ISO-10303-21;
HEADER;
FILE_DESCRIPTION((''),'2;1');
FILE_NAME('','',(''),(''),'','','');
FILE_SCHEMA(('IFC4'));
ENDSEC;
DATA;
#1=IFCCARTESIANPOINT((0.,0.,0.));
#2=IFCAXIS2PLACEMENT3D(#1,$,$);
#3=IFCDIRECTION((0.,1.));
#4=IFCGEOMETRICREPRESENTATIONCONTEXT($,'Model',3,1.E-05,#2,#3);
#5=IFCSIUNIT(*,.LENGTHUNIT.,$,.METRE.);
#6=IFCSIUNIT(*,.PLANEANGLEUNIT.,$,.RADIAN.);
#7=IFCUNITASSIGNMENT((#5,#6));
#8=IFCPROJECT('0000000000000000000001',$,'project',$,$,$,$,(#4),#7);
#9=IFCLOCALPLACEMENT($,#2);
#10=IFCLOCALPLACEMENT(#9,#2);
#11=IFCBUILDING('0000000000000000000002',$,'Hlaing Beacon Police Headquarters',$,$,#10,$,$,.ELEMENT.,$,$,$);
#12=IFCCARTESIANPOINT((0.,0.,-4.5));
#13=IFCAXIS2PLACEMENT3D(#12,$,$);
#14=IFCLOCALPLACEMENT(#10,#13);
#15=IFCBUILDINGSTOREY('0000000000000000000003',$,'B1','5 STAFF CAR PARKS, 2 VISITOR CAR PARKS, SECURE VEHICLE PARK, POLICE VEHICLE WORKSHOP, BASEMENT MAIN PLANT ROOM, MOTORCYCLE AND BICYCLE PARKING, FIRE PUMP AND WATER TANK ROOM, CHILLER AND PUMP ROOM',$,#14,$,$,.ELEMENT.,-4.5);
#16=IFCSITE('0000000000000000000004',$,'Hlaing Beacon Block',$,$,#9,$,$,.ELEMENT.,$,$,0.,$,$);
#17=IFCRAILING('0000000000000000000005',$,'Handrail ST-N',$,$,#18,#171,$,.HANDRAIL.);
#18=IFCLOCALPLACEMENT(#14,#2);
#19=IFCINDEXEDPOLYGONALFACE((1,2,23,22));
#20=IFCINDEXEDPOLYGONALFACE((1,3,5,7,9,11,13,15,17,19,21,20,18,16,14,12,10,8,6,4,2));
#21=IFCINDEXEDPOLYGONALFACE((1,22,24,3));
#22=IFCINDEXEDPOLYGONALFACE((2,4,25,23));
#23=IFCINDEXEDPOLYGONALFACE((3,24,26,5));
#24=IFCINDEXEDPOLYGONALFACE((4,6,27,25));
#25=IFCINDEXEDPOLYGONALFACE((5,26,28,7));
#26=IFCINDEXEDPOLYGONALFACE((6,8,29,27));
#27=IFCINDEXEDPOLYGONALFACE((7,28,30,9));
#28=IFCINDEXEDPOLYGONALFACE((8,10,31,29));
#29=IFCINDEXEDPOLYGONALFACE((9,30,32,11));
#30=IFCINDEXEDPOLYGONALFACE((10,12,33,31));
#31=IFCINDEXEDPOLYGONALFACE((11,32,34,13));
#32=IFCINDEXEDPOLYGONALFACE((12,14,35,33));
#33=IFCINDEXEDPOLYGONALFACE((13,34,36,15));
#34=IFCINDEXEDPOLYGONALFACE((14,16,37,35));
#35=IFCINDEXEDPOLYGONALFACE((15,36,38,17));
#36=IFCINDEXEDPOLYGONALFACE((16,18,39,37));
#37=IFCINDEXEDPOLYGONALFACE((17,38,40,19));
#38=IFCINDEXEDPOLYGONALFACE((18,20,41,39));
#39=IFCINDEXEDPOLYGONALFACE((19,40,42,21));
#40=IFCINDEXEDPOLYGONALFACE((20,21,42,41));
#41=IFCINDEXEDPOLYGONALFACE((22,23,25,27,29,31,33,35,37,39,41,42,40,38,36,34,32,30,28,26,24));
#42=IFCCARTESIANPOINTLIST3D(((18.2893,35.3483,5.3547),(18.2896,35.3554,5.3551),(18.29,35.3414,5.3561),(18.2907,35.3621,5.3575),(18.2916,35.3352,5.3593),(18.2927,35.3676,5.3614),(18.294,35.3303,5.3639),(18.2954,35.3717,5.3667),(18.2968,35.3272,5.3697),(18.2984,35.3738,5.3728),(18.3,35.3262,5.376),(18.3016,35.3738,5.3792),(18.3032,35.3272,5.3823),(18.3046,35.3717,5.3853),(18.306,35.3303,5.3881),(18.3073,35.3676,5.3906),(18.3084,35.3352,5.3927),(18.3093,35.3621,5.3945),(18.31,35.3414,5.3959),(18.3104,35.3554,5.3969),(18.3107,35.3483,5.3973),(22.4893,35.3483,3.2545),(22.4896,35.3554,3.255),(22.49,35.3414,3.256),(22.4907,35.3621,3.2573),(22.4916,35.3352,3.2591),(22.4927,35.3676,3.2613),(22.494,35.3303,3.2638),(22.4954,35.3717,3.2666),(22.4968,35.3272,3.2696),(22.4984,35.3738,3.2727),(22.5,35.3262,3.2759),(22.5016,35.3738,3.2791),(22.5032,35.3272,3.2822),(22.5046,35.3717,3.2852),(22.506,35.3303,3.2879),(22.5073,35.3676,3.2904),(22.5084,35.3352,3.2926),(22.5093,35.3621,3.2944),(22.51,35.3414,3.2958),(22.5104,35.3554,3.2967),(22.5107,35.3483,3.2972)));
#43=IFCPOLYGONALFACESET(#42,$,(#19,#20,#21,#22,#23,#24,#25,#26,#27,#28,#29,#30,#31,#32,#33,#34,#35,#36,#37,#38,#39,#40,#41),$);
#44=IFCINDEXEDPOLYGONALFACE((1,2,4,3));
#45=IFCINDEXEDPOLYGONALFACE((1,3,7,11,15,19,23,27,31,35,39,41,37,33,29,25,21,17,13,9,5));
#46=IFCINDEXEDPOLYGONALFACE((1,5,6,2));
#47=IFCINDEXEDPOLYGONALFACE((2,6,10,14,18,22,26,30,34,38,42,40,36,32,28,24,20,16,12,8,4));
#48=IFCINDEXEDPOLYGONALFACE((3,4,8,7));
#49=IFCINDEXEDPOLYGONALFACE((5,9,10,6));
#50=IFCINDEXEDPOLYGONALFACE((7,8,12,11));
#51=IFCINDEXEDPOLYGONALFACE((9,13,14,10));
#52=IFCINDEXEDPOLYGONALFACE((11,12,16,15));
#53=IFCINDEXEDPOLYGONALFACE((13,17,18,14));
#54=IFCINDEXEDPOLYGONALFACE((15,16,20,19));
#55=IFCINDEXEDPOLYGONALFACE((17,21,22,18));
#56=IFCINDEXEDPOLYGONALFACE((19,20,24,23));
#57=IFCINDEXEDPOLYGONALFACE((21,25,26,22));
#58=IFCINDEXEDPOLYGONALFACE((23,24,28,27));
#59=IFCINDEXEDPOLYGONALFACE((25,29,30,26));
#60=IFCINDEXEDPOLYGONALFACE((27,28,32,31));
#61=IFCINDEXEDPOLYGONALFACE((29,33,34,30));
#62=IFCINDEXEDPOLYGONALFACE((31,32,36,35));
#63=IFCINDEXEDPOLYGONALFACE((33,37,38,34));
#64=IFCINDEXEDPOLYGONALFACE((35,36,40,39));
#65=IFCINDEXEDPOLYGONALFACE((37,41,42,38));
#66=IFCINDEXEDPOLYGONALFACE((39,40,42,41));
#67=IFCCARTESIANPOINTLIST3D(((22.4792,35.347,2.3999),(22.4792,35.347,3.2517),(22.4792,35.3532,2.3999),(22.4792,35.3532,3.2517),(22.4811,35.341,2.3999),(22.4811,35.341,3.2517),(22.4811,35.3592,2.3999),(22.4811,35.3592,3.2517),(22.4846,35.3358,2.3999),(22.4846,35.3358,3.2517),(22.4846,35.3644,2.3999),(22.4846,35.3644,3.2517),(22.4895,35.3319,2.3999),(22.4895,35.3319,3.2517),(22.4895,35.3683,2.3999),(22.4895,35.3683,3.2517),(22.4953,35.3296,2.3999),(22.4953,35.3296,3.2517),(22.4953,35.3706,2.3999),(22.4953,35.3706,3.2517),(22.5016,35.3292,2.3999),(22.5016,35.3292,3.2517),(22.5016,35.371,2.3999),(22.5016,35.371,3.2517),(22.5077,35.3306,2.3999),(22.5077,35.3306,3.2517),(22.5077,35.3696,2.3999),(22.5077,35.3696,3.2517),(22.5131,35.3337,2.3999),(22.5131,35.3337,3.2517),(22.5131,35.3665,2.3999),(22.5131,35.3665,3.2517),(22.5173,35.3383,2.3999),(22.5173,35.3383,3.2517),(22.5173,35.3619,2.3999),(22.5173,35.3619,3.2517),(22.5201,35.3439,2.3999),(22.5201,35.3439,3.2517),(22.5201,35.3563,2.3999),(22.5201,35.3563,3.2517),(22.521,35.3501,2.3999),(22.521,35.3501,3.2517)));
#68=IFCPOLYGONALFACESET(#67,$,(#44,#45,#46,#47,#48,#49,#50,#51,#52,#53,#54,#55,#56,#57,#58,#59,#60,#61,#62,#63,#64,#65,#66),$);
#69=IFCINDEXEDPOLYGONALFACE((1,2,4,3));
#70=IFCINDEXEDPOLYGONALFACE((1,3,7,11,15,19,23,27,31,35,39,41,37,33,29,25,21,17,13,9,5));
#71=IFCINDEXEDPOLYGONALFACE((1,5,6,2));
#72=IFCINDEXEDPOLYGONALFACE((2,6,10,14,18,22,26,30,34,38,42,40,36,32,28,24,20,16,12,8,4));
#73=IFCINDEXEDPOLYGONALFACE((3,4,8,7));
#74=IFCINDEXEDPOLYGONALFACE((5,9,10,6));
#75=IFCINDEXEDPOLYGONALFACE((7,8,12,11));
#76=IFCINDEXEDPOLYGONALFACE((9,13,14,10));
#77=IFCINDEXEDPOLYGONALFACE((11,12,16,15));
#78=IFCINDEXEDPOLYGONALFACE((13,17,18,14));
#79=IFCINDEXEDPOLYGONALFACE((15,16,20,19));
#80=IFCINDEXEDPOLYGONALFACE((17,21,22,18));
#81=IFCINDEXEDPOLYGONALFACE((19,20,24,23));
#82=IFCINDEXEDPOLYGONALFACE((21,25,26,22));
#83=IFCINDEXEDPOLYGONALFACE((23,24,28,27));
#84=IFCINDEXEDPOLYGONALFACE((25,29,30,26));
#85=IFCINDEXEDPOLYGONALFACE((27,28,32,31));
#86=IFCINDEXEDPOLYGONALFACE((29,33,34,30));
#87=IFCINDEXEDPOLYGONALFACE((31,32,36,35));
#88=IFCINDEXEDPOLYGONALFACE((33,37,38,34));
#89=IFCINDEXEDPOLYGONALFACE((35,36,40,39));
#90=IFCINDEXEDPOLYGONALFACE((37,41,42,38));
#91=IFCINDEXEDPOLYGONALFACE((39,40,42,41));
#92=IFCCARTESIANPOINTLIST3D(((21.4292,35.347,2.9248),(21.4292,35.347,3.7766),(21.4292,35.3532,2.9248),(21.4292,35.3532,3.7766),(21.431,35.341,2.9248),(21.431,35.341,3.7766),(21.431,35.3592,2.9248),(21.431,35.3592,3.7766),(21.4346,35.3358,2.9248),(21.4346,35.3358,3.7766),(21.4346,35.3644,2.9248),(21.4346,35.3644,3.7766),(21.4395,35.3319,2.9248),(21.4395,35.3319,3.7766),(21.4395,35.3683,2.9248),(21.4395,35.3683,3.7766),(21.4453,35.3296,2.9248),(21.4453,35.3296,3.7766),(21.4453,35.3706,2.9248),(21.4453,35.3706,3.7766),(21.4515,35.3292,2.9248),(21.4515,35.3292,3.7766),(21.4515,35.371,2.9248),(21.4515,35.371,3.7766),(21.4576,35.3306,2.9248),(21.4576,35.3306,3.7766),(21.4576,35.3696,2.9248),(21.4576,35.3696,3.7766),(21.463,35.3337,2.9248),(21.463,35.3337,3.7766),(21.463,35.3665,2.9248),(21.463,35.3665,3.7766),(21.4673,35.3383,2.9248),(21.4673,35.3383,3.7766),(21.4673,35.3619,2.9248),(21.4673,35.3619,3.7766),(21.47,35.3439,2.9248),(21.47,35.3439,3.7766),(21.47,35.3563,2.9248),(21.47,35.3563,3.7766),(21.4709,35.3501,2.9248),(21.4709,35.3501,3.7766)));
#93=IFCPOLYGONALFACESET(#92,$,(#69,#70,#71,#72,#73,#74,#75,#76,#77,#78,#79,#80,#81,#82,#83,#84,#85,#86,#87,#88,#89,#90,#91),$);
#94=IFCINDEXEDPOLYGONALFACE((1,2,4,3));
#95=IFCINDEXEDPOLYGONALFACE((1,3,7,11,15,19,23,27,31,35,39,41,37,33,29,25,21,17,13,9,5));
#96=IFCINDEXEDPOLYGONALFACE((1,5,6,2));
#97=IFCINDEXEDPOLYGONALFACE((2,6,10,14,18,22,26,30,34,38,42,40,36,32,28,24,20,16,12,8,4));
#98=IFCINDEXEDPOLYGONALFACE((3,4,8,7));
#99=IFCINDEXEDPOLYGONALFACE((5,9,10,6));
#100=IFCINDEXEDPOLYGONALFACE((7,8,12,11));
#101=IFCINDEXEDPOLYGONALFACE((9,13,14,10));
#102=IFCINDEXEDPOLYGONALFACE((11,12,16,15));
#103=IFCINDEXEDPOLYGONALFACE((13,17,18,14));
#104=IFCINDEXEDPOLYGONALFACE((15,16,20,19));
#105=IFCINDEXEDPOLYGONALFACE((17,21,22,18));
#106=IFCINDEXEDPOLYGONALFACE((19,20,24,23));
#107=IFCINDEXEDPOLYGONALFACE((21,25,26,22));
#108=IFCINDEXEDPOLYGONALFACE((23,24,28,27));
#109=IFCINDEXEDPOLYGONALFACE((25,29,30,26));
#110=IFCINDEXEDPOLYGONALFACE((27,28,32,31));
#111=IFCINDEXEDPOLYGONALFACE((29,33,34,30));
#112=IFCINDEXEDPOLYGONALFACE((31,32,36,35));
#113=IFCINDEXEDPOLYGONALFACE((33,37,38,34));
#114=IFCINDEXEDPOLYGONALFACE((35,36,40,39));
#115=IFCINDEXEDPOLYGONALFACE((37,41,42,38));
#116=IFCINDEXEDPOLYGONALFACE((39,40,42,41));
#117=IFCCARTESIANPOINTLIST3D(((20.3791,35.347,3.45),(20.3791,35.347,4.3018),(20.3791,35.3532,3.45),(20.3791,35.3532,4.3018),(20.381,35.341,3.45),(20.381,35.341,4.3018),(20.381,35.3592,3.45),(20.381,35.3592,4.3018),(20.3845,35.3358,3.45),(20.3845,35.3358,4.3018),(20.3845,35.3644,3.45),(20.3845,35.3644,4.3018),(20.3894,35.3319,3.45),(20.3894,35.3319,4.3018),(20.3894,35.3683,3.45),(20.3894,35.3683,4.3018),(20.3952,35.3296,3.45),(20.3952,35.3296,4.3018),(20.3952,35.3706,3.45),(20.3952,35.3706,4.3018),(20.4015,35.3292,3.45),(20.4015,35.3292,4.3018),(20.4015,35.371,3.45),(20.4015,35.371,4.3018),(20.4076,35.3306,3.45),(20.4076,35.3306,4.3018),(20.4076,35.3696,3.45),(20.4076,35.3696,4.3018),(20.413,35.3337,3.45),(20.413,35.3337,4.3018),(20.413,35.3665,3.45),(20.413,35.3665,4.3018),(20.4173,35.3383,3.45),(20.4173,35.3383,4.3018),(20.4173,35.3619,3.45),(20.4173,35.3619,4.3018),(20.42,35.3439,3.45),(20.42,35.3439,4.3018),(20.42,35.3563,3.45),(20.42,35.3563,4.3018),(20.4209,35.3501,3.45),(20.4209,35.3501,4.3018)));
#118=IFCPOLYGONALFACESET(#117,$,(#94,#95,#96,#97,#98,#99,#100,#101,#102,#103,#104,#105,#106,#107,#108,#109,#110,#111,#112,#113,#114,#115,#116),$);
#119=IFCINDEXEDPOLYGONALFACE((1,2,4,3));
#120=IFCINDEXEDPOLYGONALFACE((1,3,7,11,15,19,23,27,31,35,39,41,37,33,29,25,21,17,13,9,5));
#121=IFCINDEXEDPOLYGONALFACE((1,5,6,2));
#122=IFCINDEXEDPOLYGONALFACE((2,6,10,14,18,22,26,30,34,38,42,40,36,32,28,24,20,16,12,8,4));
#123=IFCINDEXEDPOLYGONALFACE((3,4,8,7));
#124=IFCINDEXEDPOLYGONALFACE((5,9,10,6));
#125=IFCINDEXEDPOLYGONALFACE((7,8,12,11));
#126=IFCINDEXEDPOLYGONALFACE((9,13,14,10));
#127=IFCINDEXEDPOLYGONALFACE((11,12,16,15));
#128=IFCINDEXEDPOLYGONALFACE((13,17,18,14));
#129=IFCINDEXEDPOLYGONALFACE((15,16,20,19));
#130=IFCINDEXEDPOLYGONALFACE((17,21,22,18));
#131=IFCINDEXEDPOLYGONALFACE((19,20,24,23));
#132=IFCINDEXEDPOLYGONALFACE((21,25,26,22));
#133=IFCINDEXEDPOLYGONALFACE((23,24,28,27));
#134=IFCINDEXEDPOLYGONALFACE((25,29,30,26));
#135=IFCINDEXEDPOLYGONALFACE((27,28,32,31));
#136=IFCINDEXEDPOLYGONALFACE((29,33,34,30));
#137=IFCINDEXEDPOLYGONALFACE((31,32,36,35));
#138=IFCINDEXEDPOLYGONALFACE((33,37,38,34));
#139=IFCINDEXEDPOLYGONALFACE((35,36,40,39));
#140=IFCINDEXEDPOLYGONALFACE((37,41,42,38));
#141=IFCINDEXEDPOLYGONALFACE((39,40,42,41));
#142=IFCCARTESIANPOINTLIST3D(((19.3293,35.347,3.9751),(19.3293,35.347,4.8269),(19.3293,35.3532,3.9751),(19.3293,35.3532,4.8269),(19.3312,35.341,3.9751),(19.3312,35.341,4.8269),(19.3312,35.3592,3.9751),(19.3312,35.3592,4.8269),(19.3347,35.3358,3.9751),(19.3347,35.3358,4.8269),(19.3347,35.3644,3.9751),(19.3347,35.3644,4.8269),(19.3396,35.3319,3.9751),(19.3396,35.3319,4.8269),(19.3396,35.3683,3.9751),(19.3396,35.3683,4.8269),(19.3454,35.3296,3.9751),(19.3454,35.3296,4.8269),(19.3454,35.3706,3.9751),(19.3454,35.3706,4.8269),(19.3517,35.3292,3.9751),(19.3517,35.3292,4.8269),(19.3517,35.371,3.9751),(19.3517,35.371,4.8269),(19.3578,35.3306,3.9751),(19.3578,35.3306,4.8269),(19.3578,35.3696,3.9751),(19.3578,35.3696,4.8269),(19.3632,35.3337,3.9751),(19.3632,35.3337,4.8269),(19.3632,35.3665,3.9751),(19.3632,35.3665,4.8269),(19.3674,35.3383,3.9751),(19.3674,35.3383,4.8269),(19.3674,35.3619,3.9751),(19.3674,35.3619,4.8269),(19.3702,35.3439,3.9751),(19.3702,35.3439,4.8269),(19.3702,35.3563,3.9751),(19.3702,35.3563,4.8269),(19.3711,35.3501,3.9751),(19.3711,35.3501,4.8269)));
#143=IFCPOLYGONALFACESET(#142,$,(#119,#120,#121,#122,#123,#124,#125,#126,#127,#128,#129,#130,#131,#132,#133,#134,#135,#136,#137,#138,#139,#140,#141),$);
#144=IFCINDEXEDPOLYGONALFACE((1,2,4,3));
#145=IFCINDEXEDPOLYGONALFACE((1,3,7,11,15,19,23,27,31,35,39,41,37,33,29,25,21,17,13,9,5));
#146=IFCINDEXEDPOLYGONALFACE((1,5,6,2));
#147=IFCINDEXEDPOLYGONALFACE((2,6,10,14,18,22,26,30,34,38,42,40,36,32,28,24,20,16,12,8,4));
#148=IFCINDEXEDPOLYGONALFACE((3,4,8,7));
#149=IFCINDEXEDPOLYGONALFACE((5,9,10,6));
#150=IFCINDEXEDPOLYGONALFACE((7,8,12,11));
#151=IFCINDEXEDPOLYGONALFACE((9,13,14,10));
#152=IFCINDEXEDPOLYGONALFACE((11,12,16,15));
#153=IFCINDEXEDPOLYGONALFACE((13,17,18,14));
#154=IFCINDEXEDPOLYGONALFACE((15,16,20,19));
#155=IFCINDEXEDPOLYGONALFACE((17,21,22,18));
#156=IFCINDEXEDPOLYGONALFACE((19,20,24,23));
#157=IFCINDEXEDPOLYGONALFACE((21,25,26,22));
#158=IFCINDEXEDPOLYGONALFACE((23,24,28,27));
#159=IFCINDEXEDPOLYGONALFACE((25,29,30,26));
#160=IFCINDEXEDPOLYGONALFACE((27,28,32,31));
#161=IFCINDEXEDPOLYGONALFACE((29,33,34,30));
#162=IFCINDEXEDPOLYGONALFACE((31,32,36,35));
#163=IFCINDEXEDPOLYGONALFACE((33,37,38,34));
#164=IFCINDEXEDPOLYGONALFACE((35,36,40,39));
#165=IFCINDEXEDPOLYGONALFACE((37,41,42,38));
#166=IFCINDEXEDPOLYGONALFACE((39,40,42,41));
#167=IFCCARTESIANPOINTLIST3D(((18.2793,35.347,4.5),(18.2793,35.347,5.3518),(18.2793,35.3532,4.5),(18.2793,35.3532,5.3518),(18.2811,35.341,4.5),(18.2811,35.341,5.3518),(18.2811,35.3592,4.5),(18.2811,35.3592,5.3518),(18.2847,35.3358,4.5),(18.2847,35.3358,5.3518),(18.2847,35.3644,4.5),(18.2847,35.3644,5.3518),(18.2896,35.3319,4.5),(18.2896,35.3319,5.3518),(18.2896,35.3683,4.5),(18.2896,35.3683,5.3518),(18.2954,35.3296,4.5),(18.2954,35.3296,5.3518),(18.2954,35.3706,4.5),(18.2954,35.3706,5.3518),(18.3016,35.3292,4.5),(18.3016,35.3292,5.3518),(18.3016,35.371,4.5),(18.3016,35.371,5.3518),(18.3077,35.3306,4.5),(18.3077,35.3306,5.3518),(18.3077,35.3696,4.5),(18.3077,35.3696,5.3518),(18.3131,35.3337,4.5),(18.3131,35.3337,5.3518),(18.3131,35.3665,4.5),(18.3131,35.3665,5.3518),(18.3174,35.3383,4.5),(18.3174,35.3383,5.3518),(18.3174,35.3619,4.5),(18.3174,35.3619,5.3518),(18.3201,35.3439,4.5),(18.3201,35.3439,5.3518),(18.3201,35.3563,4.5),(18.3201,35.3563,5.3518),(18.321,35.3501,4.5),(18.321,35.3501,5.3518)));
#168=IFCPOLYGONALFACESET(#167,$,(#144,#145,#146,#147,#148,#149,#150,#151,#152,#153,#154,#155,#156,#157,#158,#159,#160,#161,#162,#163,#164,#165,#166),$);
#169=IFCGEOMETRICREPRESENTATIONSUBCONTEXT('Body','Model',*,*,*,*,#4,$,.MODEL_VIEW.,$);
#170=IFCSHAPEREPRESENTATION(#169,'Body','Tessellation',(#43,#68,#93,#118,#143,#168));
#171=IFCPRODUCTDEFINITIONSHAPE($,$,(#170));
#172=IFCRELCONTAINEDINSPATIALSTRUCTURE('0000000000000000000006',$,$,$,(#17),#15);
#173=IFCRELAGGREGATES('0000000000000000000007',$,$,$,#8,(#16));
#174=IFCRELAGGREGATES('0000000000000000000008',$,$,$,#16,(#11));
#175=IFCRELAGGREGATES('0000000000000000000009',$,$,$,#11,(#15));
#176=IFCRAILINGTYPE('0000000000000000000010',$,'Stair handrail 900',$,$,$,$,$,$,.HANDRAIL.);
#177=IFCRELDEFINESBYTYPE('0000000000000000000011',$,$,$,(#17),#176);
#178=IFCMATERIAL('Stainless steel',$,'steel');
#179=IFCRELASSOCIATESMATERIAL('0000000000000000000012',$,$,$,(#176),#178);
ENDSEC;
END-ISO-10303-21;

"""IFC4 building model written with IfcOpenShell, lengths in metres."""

from ifc_helpers import new_model, si_unit, direction, frame, origin, origin_2d, place, context, subcontext, project, spatial, circle, extrude, material, type_object, element, save


model = new_model("IFC4")

# Units and contexts
model_context = context("Model", 3, precision=1e-05, world=origin(), true_north=direction((0.0, 1.0)))
body_context = subcontext(model_context, "Body", "Model", "MODEL_VIEW")
ifc_project = project(units=[si_unit("LENGTHUNIT", "METRE"), si_unit("PLANEANGLEUNIT", "RADIAN")], contexts=[model_context])

# Site, building, storey
site_placement = place(None, origin())
site = spatial("IfcSite", under=ifc_project, at=site_placement, Name="Hlaing Beacon Block", CompositionType="ELEMENT", RefElevation=0.0)
building_placement = place(site_placement, origin())
building = spatial("IfcBuilding", under=site, at=building_placement, Name="Hlaing Beacon Police Headquarters", CompositionType="ELEMENT")
storey_placement = place(building_placement, frame((0.0, 0.0, -4.5)))
storey = spatial("IfcBuildingStorey", under=building, at=storey_placement, Name="B1", Description="5 STAFF CAR PARKS, 2 VISITOR CAR PARKS, SECURE VEHICLE PARK, POLICE VEHICLE WORKSHOP, BASEMENT MAIN PLANT ROOM, MOTORCYCLE AND BICYCLE PARKING, FIRE PUMP AND WATER TANK ROOM, CHILLER AND PUMP ROOM", CompositionType="ELEMENT", Elevation=-4.5)

# Railing
ifc_material_1 = material(Name="Stainless steel", Category="steel")
railing_type = type_object("IfcRailingType", Name="Stair handrail 900", PredefinedType="HANDRAIL", material=ifc_material_1)
for number, where, name in (
    (1, (22.5, 35.3501, 2.3999), "Handrail ST-N"),
):
    element("IfcRailing", number, at=place(storey_placement, frame(where)), inside=storey, type_object=railing_type, Name=name, PredefinedType="HANDRAIL", context=body_context, shape_type="SweptSolid", body=[
        extrude(circle(Radius=0.0239, at=origin_2d()), frame((0.0, 0.0, 0.876), z_axis=(-0.894417, 0.0, 0.447234), x_axis=(0.0, -1.0, 0.0)), (0.0, 0.0, 1.0), 4.6958),
        extrude(circle(Radius=0.021, at=origin_2d()), origin(), (0.0, 0.0, 1.0), 0.8518),
        extrude(circle(Radius=0.021, at=origin_2d()), frame((-1.05, 0.0, 0.5249)), (0.0, 0.0, 1.0), 0.8518),
        extrude(circle(Radius=0.021, at=origin_2d()), frame((-2.1001, 0.0, 1.05)), (0.0, 0.0, 1.0), 0.8518),
        extrude(circle(Radius=0.021, at=origin_2d()), frame((-3.1499, 0.0, 1.5752)), (0.0, 0.0, 1.0), 0.8518),
        extrude(circle(Radius=0.021, at=origin_2d()), frame((-4.2, 0.0, 2.1001)), (0.0, 0.0, 1.0), 0.8518),
    ])

save(model, "model.ifc")
